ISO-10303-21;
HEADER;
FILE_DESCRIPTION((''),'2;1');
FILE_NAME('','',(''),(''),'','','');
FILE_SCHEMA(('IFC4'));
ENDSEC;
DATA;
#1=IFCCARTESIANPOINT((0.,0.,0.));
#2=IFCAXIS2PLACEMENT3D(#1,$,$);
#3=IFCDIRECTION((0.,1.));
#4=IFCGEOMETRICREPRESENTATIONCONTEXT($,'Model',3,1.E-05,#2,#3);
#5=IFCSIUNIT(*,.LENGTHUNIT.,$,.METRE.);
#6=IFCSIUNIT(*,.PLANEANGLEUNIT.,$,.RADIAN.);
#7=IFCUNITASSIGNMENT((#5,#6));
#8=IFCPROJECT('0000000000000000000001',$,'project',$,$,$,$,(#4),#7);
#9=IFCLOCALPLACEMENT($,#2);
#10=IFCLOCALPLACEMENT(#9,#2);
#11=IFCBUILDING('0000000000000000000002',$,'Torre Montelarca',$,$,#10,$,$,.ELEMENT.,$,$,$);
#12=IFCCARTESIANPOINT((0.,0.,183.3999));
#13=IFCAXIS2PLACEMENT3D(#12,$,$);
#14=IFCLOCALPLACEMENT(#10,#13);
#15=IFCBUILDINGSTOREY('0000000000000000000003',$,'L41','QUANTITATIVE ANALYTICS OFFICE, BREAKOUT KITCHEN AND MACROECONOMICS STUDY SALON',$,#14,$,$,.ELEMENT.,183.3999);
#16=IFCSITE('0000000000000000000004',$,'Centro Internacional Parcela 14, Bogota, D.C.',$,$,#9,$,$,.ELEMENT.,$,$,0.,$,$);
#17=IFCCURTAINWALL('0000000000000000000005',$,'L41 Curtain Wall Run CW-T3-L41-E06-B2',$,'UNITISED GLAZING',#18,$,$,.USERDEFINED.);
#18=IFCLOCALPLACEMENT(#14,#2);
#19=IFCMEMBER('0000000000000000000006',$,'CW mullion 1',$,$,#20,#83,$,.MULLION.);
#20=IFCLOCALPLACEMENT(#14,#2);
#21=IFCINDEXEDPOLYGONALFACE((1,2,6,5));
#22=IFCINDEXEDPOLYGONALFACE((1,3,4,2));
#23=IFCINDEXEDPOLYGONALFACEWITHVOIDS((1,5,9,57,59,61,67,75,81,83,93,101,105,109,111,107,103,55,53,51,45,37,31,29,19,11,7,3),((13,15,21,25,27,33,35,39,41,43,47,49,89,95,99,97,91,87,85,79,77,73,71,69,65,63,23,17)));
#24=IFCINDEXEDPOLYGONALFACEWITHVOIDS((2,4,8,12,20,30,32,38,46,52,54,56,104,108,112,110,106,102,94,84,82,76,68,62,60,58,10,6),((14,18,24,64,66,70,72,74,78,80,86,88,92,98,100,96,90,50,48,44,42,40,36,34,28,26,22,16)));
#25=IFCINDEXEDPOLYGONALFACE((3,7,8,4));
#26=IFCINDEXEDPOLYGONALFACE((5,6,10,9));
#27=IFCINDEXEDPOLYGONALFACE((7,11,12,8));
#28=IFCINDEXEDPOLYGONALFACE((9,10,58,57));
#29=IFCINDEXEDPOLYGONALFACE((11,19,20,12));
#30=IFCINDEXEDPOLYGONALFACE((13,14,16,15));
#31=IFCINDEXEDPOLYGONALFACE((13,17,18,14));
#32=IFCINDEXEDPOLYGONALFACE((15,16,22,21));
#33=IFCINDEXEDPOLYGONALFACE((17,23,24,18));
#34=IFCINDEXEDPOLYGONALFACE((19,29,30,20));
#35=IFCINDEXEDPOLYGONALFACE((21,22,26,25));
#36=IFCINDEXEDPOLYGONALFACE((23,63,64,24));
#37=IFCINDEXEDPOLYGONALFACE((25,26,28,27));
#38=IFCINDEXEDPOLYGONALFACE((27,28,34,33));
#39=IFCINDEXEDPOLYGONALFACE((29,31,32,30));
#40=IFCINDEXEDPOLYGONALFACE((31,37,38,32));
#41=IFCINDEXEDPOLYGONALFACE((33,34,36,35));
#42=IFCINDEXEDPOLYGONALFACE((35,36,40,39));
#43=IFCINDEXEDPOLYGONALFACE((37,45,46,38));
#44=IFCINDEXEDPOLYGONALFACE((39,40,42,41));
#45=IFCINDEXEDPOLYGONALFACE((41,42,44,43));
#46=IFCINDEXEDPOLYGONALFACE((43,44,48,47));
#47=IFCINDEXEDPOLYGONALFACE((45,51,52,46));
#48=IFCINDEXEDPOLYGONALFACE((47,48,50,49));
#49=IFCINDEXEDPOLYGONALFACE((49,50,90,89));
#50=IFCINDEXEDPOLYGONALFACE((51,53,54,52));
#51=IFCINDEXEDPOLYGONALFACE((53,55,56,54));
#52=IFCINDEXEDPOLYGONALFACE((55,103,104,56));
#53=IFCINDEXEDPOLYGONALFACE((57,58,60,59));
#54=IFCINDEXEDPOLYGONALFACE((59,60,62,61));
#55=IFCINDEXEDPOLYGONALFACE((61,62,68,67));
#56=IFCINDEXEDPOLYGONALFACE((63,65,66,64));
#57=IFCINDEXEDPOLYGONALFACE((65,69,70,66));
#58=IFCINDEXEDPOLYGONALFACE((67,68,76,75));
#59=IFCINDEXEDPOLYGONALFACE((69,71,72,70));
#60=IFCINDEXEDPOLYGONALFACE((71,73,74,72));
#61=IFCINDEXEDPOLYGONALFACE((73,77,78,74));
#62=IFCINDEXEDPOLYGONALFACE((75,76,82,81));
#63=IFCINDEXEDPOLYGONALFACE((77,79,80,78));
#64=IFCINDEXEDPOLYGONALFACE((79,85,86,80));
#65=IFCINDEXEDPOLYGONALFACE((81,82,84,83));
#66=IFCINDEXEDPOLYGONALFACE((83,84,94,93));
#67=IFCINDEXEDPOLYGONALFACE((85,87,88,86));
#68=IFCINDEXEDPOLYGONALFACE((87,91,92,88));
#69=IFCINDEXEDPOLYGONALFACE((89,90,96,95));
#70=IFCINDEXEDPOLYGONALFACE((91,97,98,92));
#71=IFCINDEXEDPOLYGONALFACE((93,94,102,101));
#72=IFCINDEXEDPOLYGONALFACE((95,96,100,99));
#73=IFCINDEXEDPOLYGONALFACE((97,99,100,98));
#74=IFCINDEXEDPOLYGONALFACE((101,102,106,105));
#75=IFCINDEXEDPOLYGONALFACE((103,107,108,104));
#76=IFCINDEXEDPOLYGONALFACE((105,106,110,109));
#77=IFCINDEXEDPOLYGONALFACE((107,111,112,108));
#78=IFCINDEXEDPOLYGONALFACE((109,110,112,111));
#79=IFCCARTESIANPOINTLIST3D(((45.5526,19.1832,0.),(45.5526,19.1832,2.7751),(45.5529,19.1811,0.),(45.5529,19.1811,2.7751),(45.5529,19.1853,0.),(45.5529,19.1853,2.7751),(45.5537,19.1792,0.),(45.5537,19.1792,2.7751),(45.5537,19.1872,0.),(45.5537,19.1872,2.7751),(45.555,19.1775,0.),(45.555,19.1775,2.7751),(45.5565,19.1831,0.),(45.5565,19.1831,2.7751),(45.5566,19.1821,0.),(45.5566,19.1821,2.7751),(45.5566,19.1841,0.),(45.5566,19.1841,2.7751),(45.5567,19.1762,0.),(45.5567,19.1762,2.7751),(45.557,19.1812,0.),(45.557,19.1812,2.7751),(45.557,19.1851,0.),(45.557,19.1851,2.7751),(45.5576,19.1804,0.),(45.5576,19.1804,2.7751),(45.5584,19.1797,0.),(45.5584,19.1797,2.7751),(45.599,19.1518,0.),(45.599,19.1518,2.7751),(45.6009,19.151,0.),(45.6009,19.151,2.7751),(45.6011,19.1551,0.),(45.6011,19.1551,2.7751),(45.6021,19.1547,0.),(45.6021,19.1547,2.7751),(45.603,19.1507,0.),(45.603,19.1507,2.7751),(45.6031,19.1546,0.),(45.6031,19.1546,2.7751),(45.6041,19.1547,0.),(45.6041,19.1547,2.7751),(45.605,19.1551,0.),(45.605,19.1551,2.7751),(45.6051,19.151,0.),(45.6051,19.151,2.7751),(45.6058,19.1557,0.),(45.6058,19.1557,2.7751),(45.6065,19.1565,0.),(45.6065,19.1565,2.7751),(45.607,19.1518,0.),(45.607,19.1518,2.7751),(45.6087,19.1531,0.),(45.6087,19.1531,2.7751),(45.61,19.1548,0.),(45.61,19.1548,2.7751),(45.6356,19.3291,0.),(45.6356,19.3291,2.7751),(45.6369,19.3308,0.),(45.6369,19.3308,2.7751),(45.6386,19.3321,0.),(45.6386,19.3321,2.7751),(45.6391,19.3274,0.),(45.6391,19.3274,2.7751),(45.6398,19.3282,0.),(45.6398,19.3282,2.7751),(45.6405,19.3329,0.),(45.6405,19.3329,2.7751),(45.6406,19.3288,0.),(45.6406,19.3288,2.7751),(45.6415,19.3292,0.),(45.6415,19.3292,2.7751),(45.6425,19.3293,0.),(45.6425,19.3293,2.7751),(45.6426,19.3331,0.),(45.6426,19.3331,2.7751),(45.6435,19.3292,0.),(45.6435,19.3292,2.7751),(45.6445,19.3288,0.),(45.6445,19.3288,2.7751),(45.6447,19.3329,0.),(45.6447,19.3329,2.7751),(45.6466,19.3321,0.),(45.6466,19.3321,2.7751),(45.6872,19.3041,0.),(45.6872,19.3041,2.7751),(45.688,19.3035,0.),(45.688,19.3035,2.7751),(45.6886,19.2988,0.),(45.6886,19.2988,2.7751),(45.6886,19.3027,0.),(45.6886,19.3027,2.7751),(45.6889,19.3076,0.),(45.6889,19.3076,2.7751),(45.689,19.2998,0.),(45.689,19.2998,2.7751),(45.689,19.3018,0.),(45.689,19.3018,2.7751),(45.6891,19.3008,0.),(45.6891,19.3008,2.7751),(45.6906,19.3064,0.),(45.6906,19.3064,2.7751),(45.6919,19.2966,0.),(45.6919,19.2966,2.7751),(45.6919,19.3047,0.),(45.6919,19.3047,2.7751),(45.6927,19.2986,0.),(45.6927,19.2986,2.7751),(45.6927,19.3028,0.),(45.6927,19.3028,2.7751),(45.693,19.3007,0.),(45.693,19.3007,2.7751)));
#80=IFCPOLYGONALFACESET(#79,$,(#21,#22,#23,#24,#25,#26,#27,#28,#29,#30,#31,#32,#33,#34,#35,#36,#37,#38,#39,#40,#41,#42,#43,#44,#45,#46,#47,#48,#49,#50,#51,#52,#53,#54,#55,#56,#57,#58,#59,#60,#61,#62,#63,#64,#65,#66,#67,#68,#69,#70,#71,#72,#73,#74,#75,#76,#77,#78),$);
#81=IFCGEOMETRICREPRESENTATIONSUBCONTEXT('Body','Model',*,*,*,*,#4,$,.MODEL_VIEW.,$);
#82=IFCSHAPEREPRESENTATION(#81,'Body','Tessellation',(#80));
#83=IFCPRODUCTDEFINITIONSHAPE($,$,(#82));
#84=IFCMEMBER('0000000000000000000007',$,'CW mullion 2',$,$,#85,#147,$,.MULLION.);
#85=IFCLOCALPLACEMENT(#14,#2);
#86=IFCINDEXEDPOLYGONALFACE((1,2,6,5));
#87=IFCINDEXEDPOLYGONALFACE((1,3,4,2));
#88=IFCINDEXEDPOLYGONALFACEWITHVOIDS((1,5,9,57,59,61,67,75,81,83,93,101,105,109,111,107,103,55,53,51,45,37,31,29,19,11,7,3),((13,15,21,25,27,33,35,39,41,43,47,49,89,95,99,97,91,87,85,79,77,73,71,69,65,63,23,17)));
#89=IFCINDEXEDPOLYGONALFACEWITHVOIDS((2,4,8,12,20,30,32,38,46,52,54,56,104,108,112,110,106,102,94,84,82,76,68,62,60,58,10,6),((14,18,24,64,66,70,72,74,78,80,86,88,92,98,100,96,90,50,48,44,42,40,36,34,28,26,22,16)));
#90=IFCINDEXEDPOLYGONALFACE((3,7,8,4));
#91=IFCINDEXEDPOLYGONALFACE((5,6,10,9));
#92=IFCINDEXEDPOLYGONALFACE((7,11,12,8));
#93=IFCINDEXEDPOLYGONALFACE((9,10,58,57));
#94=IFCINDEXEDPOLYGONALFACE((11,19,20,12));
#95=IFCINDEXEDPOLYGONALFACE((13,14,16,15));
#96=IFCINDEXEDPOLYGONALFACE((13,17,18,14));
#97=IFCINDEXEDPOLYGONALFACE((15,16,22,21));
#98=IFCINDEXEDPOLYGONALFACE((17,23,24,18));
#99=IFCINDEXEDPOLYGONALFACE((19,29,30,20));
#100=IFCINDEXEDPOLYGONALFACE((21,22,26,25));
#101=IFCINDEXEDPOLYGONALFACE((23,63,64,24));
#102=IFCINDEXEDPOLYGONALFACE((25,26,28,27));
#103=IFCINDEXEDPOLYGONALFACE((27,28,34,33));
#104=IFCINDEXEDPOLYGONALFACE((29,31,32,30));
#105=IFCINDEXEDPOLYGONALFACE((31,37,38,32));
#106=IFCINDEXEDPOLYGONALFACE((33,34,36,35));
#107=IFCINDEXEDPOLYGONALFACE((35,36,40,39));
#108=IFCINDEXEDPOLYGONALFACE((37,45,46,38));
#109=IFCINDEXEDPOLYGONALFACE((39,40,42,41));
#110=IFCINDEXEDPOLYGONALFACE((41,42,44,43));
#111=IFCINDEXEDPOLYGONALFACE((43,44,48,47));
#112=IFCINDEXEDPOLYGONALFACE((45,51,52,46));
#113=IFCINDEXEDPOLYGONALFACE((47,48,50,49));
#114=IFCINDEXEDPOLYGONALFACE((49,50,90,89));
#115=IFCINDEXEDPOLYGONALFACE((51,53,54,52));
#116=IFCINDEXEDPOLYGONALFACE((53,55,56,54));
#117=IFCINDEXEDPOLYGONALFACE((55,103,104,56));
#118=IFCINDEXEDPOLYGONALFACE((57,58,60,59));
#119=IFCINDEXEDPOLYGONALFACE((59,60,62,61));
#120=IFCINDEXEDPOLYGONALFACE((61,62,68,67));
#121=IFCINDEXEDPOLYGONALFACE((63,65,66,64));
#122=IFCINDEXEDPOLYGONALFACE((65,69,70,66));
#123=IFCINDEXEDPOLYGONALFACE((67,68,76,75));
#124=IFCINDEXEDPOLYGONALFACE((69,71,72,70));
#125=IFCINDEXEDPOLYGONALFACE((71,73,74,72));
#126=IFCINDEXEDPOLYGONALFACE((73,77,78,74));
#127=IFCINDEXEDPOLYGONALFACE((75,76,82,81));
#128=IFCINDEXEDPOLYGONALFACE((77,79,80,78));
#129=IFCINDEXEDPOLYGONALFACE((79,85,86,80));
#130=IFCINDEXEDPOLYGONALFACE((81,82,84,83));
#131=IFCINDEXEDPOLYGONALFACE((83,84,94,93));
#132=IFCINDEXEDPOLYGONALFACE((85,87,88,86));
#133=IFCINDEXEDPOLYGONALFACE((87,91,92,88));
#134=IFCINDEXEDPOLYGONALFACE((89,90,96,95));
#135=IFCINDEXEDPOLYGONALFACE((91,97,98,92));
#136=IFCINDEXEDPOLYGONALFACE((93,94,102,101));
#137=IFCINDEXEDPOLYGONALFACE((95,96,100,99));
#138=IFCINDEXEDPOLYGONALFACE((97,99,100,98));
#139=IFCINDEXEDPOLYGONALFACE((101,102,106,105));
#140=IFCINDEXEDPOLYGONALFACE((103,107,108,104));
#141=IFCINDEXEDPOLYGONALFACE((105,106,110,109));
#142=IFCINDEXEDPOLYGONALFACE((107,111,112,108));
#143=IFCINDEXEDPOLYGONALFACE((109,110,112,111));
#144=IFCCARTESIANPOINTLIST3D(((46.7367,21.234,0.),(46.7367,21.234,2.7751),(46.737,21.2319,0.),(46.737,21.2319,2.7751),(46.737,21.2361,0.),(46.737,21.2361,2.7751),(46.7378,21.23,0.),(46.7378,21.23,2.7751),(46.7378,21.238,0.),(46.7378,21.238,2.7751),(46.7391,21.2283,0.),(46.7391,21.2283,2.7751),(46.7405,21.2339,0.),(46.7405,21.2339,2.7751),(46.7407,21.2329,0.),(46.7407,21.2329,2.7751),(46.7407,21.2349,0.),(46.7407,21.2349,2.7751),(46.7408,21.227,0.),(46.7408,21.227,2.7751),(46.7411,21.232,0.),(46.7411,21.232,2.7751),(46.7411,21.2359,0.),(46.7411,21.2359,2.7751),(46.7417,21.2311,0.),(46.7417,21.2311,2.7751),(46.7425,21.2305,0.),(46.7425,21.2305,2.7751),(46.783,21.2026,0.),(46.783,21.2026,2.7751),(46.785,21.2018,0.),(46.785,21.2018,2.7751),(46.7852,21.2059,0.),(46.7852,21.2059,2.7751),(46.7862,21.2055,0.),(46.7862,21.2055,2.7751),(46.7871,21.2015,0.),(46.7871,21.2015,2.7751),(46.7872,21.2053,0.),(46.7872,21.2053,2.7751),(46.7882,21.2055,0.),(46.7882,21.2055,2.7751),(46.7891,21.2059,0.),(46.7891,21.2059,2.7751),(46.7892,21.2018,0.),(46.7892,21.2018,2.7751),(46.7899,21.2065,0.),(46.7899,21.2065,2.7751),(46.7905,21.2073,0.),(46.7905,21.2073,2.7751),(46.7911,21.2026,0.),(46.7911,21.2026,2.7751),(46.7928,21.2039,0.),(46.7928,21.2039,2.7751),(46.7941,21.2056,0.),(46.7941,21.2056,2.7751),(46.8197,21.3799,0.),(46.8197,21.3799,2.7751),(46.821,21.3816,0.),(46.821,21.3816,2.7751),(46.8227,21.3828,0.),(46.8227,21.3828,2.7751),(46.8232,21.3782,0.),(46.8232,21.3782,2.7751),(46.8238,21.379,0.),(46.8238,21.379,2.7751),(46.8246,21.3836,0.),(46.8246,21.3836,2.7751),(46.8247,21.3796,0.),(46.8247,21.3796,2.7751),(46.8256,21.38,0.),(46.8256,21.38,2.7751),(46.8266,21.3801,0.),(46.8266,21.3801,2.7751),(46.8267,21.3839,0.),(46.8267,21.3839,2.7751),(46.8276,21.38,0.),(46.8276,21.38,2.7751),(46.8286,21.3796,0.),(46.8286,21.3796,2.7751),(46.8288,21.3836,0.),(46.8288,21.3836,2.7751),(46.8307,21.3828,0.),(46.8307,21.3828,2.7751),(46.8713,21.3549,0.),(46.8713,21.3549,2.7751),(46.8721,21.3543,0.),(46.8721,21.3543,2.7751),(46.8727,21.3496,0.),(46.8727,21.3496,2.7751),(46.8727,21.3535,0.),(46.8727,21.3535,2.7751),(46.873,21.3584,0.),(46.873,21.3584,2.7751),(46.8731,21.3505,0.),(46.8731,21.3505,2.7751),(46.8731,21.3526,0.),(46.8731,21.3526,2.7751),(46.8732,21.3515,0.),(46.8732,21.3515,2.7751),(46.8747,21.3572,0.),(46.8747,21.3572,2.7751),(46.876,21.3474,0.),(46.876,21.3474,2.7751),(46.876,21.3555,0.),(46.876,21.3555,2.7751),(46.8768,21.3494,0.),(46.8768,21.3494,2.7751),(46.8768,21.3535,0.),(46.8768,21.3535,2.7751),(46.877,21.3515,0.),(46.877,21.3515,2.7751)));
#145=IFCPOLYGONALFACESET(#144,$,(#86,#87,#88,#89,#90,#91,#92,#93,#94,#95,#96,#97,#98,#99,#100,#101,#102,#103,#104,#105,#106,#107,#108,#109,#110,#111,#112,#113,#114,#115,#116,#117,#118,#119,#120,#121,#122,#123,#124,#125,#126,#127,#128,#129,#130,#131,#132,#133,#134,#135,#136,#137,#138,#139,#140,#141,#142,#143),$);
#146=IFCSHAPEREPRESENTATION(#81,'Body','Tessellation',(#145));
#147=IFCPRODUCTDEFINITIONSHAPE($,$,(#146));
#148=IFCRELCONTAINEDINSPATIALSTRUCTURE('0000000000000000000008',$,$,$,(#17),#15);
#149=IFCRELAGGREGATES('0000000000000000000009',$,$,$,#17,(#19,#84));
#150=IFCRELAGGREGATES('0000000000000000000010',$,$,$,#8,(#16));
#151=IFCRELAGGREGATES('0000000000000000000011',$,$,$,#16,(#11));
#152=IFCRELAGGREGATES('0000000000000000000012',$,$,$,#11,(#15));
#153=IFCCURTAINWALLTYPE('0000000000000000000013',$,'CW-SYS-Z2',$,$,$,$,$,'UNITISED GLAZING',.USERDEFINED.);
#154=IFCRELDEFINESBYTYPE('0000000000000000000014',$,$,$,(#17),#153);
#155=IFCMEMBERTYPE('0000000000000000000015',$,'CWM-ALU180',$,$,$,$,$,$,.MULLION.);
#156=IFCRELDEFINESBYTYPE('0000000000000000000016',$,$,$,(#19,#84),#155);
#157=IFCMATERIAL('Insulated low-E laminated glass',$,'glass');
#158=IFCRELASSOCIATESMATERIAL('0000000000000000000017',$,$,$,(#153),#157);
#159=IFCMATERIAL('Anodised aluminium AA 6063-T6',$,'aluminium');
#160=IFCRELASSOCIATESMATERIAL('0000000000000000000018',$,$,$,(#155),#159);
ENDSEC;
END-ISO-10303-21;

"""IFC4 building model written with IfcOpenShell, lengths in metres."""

from ifc_helpers import new_model, si_unit, direction, frame, origin, origin_2d, place, context, subcontext, project, spatial, hollow_rectangle, extrude, source, transform, mapped, material, material_profile, profile_set, type_object, element, aggregate, save


model = new_model("IFC4")

# Units and contexts
model_context = context("Model", 3, precision=1e-05, world=origin(), true_north=direction((0.0, 1.0)))
body_context = subcontext(model_context, "Body", "Model", "MODEL_VIEW")
ifc_project = project(units=[si_unit("LENGTHUNIT", "METRE"), si_unit("PLANEANGLEUNIT", "RADIAN")], contexts=[model_context])

# Site, building, storey
site_placement = place(None, origin())
site = spatial("IfcSite", under=ifc_project, at=site_placement, Name="Centro Internacional Parcela 14, Bogota, D.C.", CompositionType="ELEMENT", RefElevation=0.0)
building_placement = place(site_placement, origin())
building = spatial("IfcBuilding", under=site, at=building_placement, Name="Torre Montelarca", CompositionType="ELEMENT")
storey_placement = place(building_placement, frame((0.0, 0.0, 183.3999)))
storey = spatial("IfcBuildingStorey", under=building, at=storey_placement, Name="L41", Description="QUANTITATIVE ANALYTICS OFFICE, BREAKOUT KITCHEN AND MACROECONOMICS STUDY SALON", CompositionType="ELEMENT", Elevation=183.3999)

# Curtain wall, members
ifc_material_1 = material(Name="Insulated low-E laminated glass", Category="glass")
curtain_wall_type = type_object("IfcCurtainWallType", Name="CW-SYS-Z2", ElementType="UNITISED GLAZING", PredefinedType="USERDEFINED", material=ifc_material_1)
ifc_material_2 = material(Name="Anodised aluminium AA 6063-T6", Category="aluminium")
ifc_material_profile_1 = material_profile(ifc_material_2, hollow_rectangle(XDim=0.0649, YDim=0.1799, WallThickness=0.0039, InnerFilletRadius=0.0039, OuterFilletRadius=0.0081, at=origin_2d()), Name="ALU65X180X4", Category="aluminium")
ifc_profile_set_1 = profile_set([ifc_material_profile_1], Name="Anodised aluminium AA 6063-T6")
member_type_1 = type_object("IfcMemberType", Name="CWM-ALU180", PredefinedType="MULLION", material=ifc_profile_set_1)
shared_shape_1 = source(origin(), body_context, "Body", "SweptSolid", [
    extrude(hollow_rectangle(XDim=0.0649, YDim=0.1799, WallThickness=0.0039, InnerFilletRadius=0.0039, OuterFilletRadius=0.0081, at=origin_2d()), origin(), (0.0, 0.0, 1.0), 2.7751),
])
curtain_wall_1_placement = place(storey_placement, origin())
curtain_wall_1 = element("IfcCurtainWall", 1, at=curtain_wall_1_placement, inside=storey, type_object=curtain_wall_type, Name="L41 Curtain Wall Run CW-T3-L41-E06-B2", ObjectType="UNITISED GLAZING", PredefinedType="USERDEFINED")
member_1_placement = place(storey_placement, frame((45.6228, 19.2419, 0.0), z_axis=(0.0, 0.0, 1.0), x_axis=(-0.866029, 0.499994, 0.0)))
member_1 = element("IfcMember", 2, at=member_1_placement, type_object=member_type_1, Name="CW mullion 1", PredefinedType="MULLION", context=body_context, shape_type="MappedRepresentation", body=[
    mapped(shared_shape_1, transform((0.0, 0.0, 0.0), scale=1.0)),
])
member_2_placement = place(storey_placement, frame((46.8069, 21.2927, 0.0), z_axis=(0.0, 0.0, 1.0), x_axis=(-0.866029, 0.499994, 0.0)))
member_2 = element("IfcMember", 3, at=member_2_placement, type_object=member_type_1, Name="CW mullion 2", PredefinedType="MULLION", context=body_context, shape_type="MappedRepresentation", body=[
    mapped(shared_shape_1, transform((0.0, 0.0, 0.0), scale=1.0)),
])

aggregate(curtain_wall_1, [member_1, member_2])

save(model, "model.ifc")
